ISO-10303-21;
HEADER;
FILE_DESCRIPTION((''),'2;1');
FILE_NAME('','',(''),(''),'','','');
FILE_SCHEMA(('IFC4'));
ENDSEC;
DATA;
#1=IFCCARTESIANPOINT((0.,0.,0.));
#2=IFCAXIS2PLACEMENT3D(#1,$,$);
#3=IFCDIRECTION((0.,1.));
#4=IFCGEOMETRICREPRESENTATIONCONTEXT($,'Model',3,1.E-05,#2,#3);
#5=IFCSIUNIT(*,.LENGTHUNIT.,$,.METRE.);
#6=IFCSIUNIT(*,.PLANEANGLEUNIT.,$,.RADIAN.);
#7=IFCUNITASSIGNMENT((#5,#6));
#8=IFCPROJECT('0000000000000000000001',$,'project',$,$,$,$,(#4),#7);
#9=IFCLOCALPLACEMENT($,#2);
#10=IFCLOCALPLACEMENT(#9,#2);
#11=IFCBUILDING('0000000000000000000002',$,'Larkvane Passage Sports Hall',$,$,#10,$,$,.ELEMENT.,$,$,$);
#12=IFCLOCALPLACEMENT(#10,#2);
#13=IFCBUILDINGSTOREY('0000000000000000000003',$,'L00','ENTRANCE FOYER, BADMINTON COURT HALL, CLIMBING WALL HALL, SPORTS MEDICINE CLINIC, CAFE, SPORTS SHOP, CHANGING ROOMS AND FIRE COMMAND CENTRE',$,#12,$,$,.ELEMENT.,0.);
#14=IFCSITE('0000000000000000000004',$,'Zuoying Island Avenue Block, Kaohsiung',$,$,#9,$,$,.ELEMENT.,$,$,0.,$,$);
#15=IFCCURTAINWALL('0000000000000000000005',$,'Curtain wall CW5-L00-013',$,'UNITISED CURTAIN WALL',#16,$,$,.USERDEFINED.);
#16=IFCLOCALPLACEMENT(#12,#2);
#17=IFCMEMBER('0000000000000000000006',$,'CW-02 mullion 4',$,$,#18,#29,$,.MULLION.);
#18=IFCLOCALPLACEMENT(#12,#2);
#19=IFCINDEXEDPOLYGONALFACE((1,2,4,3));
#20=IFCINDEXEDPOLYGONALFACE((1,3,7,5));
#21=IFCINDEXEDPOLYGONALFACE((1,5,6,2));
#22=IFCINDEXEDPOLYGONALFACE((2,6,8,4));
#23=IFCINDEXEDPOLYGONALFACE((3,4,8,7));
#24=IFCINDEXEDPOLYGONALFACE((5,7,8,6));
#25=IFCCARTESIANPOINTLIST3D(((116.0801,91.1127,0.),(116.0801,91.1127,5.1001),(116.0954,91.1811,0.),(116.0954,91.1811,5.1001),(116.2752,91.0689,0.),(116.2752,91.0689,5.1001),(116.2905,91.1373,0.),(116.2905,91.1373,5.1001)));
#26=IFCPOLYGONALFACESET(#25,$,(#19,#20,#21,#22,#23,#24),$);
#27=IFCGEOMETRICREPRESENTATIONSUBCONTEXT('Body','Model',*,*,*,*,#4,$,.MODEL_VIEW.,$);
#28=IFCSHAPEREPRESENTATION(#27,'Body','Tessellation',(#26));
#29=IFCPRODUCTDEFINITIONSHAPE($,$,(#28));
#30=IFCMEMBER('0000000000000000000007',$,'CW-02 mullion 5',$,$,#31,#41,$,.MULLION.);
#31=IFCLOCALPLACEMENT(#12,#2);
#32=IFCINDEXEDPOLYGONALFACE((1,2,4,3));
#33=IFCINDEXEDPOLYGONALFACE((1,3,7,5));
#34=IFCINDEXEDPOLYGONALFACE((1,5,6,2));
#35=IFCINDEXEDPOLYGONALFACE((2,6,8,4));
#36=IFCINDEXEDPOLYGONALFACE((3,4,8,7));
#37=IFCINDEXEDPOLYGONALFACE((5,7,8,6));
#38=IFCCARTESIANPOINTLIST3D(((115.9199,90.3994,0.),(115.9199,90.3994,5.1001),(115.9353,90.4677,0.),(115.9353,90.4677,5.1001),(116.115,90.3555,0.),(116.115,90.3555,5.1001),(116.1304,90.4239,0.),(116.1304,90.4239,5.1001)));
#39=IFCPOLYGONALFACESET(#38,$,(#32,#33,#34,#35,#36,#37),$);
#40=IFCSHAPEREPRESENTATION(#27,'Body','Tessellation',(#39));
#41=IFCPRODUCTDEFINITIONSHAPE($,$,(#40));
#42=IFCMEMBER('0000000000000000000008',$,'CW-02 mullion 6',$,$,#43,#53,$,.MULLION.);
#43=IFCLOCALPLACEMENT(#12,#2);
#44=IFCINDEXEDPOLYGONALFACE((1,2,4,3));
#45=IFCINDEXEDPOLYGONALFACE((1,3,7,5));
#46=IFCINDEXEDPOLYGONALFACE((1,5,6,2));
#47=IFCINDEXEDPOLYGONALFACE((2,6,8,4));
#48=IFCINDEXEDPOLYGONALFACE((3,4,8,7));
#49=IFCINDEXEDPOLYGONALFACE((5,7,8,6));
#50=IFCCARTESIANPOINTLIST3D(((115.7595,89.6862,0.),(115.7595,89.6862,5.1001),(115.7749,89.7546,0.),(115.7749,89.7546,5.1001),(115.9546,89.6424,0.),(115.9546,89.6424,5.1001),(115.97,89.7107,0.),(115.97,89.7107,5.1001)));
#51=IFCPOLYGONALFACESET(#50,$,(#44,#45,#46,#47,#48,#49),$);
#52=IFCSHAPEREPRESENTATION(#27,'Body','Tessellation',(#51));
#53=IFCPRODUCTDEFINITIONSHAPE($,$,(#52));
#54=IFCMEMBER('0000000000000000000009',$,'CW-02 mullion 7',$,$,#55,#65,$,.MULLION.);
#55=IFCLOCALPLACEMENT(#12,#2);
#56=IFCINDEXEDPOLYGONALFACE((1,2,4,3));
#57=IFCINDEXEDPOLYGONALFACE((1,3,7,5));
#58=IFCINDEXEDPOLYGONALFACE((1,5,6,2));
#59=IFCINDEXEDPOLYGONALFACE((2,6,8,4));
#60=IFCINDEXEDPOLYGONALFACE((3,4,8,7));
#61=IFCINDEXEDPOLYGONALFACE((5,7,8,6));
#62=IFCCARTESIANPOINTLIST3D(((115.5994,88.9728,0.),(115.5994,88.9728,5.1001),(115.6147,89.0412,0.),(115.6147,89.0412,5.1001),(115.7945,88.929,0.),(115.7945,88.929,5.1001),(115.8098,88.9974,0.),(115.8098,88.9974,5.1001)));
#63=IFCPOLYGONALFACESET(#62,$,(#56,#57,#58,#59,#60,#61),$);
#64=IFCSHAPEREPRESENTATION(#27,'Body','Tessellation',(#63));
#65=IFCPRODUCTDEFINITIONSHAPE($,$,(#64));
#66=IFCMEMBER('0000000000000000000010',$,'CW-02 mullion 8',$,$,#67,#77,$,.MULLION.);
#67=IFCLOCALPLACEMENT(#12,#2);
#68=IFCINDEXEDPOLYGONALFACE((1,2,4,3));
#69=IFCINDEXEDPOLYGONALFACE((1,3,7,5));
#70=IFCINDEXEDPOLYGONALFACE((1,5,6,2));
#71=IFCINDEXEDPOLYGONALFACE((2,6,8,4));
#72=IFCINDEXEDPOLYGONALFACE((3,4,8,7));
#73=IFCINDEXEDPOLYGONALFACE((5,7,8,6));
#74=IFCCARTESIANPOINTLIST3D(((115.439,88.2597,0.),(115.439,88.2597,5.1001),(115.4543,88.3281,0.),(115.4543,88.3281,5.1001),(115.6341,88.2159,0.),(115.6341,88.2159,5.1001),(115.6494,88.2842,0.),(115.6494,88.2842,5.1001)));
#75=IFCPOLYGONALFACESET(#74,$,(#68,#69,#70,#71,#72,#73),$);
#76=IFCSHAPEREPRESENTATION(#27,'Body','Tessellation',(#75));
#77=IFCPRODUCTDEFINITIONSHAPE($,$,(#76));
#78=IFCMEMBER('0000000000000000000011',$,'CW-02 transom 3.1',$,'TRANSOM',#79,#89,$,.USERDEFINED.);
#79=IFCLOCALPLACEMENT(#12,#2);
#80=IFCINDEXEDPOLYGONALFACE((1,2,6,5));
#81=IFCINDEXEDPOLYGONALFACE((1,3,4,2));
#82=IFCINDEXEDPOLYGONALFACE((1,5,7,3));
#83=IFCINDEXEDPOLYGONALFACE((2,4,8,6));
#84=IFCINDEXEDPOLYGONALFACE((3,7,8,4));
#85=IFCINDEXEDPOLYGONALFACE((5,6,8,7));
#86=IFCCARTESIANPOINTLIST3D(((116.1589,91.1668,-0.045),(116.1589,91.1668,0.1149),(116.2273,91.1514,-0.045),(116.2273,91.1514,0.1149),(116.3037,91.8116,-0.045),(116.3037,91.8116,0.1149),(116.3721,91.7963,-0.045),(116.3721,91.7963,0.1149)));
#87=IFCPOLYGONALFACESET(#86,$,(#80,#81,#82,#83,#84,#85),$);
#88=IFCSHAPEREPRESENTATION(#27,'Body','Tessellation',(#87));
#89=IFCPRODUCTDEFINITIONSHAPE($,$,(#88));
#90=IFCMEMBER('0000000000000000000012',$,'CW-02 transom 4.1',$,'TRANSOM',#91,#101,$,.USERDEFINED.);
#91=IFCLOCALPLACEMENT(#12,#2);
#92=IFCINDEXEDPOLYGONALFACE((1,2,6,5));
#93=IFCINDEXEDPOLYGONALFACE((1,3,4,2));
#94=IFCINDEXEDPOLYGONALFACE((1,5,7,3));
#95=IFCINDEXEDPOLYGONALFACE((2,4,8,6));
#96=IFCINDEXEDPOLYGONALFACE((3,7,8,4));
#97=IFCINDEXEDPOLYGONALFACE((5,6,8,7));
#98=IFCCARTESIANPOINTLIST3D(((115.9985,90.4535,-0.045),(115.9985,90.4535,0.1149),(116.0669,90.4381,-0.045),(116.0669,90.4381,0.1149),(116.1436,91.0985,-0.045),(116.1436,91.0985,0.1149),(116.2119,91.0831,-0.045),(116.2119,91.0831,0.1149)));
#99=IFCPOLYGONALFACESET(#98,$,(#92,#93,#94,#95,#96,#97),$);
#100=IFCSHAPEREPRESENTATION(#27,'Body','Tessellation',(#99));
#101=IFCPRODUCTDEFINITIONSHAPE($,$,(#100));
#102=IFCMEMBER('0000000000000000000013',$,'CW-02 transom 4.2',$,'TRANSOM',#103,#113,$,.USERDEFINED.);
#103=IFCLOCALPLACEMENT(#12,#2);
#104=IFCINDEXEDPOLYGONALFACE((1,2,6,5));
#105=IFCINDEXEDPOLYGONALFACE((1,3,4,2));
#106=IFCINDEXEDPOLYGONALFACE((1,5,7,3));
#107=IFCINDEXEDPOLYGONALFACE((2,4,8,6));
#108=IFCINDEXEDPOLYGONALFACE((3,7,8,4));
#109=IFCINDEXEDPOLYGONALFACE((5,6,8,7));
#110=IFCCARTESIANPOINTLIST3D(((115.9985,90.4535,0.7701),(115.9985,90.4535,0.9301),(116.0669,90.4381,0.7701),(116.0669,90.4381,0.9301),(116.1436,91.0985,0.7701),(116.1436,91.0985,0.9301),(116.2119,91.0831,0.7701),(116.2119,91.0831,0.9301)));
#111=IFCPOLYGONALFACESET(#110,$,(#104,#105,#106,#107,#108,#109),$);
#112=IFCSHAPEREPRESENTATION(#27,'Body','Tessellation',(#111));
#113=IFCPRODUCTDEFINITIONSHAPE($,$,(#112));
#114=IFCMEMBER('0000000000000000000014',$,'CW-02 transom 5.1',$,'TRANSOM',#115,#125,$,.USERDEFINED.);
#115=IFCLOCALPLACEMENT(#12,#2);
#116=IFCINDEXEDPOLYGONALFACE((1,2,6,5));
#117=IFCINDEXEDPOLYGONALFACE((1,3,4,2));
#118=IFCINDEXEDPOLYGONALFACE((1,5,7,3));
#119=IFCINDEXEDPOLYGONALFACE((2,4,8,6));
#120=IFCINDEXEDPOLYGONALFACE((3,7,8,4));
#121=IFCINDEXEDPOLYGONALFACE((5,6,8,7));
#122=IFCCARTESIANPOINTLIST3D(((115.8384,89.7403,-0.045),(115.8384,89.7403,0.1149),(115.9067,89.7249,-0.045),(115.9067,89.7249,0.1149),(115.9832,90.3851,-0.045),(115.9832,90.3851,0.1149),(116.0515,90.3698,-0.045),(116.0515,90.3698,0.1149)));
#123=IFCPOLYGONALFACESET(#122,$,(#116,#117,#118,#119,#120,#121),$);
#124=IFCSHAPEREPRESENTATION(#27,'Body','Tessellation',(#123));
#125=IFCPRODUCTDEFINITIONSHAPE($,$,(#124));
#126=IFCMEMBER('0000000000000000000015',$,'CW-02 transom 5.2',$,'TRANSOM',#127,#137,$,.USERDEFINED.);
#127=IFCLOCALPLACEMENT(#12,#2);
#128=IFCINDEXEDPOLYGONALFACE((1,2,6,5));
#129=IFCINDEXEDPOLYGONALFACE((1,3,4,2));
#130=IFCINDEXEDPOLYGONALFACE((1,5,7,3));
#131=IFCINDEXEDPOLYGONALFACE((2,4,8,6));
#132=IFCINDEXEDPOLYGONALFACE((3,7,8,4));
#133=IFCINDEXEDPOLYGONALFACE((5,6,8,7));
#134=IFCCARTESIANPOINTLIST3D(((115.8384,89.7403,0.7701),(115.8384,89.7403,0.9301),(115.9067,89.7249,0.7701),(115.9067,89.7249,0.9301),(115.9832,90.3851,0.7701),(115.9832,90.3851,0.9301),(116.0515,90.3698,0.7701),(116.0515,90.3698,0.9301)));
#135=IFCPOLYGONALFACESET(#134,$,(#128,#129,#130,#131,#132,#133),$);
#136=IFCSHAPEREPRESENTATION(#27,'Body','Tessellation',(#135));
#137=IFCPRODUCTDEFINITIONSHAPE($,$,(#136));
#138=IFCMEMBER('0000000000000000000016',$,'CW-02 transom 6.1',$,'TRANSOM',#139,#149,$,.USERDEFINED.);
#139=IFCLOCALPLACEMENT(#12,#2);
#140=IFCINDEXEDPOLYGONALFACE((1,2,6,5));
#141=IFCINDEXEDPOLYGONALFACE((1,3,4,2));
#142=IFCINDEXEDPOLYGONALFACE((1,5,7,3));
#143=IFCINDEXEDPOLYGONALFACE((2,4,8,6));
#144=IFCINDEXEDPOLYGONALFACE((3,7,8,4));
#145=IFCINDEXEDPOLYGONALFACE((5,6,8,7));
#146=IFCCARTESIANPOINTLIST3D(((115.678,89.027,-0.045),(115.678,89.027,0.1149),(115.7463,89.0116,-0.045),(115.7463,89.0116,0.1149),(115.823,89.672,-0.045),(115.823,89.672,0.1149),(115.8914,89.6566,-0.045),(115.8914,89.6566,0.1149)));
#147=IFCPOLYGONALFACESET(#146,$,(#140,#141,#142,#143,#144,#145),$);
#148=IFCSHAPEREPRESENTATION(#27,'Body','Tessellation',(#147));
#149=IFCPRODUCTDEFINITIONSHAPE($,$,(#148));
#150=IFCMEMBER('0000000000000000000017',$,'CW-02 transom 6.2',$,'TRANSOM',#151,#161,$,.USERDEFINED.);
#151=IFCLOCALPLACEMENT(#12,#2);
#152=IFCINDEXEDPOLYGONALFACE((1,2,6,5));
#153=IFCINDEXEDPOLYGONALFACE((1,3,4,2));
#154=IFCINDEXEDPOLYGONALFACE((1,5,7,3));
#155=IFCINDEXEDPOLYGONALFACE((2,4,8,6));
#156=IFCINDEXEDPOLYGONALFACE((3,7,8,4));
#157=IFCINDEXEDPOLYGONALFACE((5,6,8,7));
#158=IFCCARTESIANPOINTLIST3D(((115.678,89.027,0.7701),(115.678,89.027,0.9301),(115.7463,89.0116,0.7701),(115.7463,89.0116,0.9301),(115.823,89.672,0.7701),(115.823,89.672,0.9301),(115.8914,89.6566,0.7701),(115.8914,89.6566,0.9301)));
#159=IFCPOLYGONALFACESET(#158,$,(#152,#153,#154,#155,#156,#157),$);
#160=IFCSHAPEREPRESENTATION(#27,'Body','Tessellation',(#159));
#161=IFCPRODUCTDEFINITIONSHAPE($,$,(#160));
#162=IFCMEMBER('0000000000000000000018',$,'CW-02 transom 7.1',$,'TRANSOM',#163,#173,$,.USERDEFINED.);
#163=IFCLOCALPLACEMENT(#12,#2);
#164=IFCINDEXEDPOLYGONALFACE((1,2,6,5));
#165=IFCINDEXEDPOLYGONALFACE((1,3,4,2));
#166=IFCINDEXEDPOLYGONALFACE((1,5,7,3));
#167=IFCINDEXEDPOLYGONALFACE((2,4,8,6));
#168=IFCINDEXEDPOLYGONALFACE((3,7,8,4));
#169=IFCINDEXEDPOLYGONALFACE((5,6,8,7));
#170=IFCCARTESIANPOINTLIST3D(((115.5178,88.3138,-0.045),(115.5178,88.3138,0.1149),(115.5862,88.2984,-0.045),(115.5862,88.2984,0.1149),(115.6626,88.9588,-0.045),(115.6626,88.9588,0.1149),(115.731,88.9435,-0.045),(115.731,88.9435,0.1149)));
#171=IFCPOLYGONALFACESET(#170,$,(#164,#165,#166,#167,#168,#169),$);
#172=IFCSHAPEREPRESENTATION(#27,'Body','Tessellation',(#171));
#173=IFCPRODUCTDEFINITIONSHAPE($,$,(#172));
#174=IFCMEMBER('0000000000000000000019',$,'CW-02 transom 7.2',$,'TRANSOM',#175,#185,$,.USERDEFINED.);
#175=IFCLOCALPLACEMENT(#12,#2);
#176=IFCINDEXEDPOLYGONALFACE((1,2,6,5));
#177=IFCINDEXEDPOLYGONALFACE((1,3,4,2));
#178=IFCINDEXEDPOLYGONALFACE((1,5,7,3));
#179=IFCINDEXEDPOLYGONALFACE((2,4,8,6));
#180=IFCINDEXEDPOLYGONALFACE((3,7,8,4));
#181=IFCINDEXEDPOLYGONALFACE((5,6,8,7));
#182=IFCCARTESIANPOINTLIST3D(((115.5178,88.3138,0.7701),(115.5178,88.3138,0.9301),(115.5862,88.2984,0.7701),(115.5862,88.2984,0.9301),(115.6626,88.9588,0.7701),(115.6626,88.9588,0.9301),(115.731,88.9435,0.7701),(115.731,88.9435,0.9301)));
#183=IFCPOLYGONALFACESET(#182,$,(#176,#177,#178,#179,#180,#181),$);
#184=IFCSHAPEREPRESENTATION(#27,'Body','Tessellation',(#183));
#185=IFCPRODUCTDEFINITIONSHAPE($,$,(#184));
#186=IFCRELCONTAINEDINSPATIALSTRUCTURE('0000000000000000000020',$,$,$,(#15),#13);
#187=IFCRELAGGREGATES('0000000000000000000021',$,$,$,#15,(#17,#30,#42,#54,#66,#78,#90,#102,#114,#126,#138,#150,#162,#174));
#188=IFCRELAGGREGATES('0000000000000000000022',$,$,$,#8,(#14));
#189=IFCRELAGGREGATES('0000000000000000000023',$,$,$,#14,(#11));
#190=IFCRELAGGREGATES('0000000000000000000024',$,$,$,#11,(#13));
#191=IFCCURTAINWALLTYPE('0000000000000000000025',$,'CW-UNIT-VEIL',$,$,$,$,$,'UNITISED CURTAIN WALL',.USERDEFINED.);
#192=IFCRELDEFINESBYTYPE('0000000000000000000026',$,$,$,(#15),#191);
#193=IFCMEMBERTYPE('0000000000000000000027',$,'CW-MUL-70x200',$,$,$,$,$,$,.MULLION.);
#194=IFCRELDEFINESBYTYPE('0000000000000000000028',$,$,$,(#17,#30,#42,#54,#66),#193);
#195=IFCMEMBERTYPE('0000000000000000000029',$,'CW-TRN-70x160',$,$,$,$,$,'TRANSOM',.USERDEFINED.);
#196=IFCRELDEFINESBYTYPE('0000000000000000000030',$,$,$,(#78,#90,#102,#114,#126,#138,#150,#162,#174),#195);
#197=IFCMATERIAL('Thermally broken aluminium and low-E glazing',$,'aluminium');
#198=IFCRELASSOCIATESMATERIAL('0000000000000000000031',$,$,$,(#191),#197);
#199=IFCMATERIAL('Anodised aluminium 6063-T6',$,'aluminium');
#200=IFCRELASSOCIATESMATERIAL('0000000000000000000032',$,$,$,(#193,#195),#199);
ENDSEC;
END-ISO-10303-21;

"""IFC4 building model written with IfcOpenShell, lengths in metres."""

from ifc_helpers import new_model, si_unit, direction, frame, origin, origin_2d, place, context, subcontext, project, spatial, rectangle, extrude, material, material_profile, profile_set, type_object, element, aggregate, save


model = new_model("IFC4")

# Units and contexts
model_context = context("Model", 3, precision=1e-05, world=origin(), true_north=direction((0.0, 1.0)))
body_context = subcontext(model_context, "Body", "Model", "MODEL_VIEW")
ifc_project = project(units=[si_unit("LENGTHUNIT", "METRE"), si_unit("PLANEANGLEUNIT", "RADIAN")], contexts=[model_context])

# Site, building, storey
site_placement = place(None, origin())
site = spatial("IfcSite", under=ifc_project, at=site_placement, Name="Zuoying Island Avenue Block, Kaohsiung", CompositionType="ELEMENT", RefElevation=0.0)
building_placement = place(site_placement, origin())
building = spatial("IfcBuilding", under=site, at=building_placement, Name="Larkvane Passage Sports Hall", CompositionType="ELEMENT")
storey_placement = place(building_placement, origin())
storey = spatial("IfcBuildingStorey", under=building, at=storey_placement, Name="L00", Description="ENTRANCE FOYER, BADMINTON COURT HALL, CLIMBING WALL HALL, SPORTS MEDICINE CLINIC, CAFE, SPORTS SHOP, CHANGING ROOMS AND FIRE COMMAND CENTRE", CompositionType="ELEMENT", Elevation=0.0)

# Curtain wall, members
ifc_material_1 = material(Name="Thermally broken aluminium and low-E glazing", Category="aluminium")
curtain_wall_type = type_object("IfcCurtainWallType", Name="CW-UNIT-VEIL", ElementType="UNITISED CURTAIN WALL", PredefinedType="USERDEFINED", material=ifc_material_1)
curtain_wall_placement = place(storey_placement, origin())
curtain_wall = element("IfcCurtainWall", 1, at=curtain_wall_placement, inside=storey, type_object=curtain_wall_type, Name="Curtain wall CW5-L00-013", ObjectType="UNITISED CURTAIN WALL", PredefinedType="USERDEFINED")
ifc_material_2 = material(Name="Anodised aluminium 6063-T6", Category="aluminium")
ifc_material_profile_1 = material_profile(ifc_material_2, rectangle(XDim=0.0701, YDim=0.2, at=origin_2d()), Name="ALU-MUL-70x200")
ifc_profile_set_1 = profile_set([ifc_material_profile_1], Name="Anodised aluminium 6063-T6")
member_type_1 = type_object("IfcMemberType", Name="CW-MUL-70x200", PredefinedType="MULLION", material=ifc_profile_set_1)
member_1_placement = place(storey_placement, frame((116.1853, 91.125, 0.0), z_axis=(0.0, 0.0, 1.0), x_axis=(-0.219244, -0.97567, 0.0)))
member_1 = element("IfcMember", 2, at=member_1_placement, type_object=member_type_1, Name="CW-02 mullion 4", PredefinedType="MULLION", context=body_context, shape_type="SweptSolid", body=[
    extrude(rectangle(XDim=0.0701, YDim=0.2, at=origin_2d()), origin(), (0.0, 0.0, 1.0), 5.1001),
])
member_2_placement = place(storey_placement, frame((116.0251, 90.4116, 0.0), z_axis=(0.0, 0.0, 1.0), x_axis=(-0.219244, -0.97567, 0.0)))
member_2 = element("IfcMember", 3, at=member_2_placement, type_object=member_type_1, Name="CW-02 mullion 5", PredefinedType="MULLION", context=body_context, shape_type="SweptSolid", body=[
    extrude(rectangle(XDim=0.0701, YDim=0.2, at=origin_2d()), origin(), (0.0, 0.0, 1.0), 5.1001),
])
member_3_placement = place(storey_placement, frame((115.8647, 89.6985, 0.0), z_axis=(0.0, 0.0, 1.0), x_axis=(-0.219244, -0.97567, 0.0)))
member_3 = element("IfcMember", 4, at=member_3_placement, type_object=member_type_1, Name="CW-02 mullion 6", PredefinedType="MULLION", context=body_context, shape_type="SweptSolid", body=[
    extrude(rectangle(XDim=0.0701, YDim=0.2, at=origin_2d()), origin(), (0.0, 0.0, 1.0), 5.1001),
])
member_4_placement = place(storey_placement, frame((115.7046, 88.9851, 0.0), z_axis=(0.0, 0.0, 1.0), x_axis=(-0.219244, -0.97567, 0.0)))
member_4 = element("IfcMember", 5, at=member_4_placement, type_object=member_type_1, Name="CW-02 mullion 7", PredefinedType="MULLION", context=body_context, shape_type="SweptSolid", body=[
    extrude(rectangle(XDim=0.0701, YDim=0.2, at=origin_2d()), origin(), (0.0, 0.0, 1.0), 5.1001),
])
member_5_placement = place(storey_placement, frame((115.5442, 88.272, 0.0), z_axis=(0.0, 0.0, 1.0), x_axis=(-0.219244, -0.97567, 0.0)))
member_5 = element("IfcMember", 6, at=member_5_placement, type_object=member_type_1, Name="CW-02 mullion 8", PredefinedType="MULLION", context=body_context, shape_type="SweptSolid", body=[
    extrude(rectangle(XDim=0.0701, YDim=0.2, at=origin_2d()), origin(), (0.0, 0.0, 1.0), 5.1001),
])
ifc_material_profile_2 = material_profile(ifc_material_2, rectangle(XDim=0.0701, YDim=0.1599, at=origin_2d()), Name="ALU-TRN-70x160")
ifc_profile_set_2 = profile_set([ifc_material_profile_2], Name="Anodised aluminium 6063-T6")
member_type_2 = type_object("IfcMemberType", Name="CW-TRN-70x160", ElementType="TRANSOM", PredefinedType="USERDEFINED", material=ifc_profile_set_2)
member_6_placement = place(storey_placement, frame((116.3379, 91.804, 0.0349), z_axis=(-0.219081, -0.975707, 0.0), x_axis=(0.975707, -0.219081, 0.0)))
member_6 = element("IfcMember", 7, at=member_6_placement, type_object=member_type_2, Name="CW-02 transom 3.1", ObjectType="TRANSOM", PredefinedType="USERDEFINED", context=body_context, shape_type="SweptSolid", body=[
    extrude(rectangle(XDim=0.0701, YDim=0.1599, at=origin_2d()), origin(), (0.0, 0.0, 1.0), 0.6609),
])
member_7_placement = place(storey_placement, frame((116.1777, 91.0908, 0.0349), z_axis=(-0.219354, -0.975645, 0.0), x_axis=(0.975645, -0.219354, 0.0)))
member_7 = element("IfcMember", 8, at=member_7_placement, type_object=member_type_2, Name="CW-02 transom 4.1", ObjectType="TRANSOM", PredefinedType="USERDEFINED", context=body_context, shape_type="SweptSolid", body=[
    extrude(rectangle(XDim=0.0701, YDim=0.1599, at=origin_2d()), origin(), (0.0, 0.0, 1.0), 0.6611),
])
member_8_placement = place(storey_placement, frame((116.1777, 91.0908, 0.8501), z_axis=(-0.219354, -0.975645, 0.0), x_axis=(0.975645, -0.219354, 0.0)))
member_8 = element("IfcMember", 9, at=member_8_placement, type_object=member_type_2, Name="CW-02 transom 4.2", ObjectType="TRANSOM", PredefinedType="USERDEFINED", context=body_context, shape_type="SweptSolid", body=[
    extrude(rectangle(XDim=0.0701, YDim=0.1599, at=origin_2d()), origin(), (0.0, 0.0, 1.0), 0.6611),
])
member_9_placement = place(storey_placement, frame((116.0173, 90.3774, 0.0349), z_axis=(-0.219081, -0.975707, 0.0), x_axis=(0.975707, -0.219081, 0.0)))
member_9 = element("IfcMember", 10, at=member_9_placement, type_object=member_type_2, Name="CW-02 transom 5.1", ObjectType="TRANSOM", PredefinedType="USERDEFINED", context=body_context, shape_type="SweptSolid", body=[
    extrude(rectangle(XDim=0.0701, YDim=0.1599, at=origin_2d()), origin(), (0.0, 0.0, 1.0), 0.6609),
])
member_10_placement = place(storey_placement, frame((116.0173, 90.3774, 0.8501), z_axis=(-0.219081, -0.975707, 0.0), x_axis=(0.975707, -0.219081, 0.0)))
member_10 = element("IfcMember", 11, at=member_10_placement, type_object=member_type_2, Name="CW-02 transom 5.2", ObjectType="TRANSOM", PredefinedType="USERDEFINED", context=body_context, shape_type="SweptSolid", body=[
    extrude(rectangle(XDim=0.0701, YDim=0.1599, at=origin_2d()), origin(), (0.0, 0.0, 1.0), 0.6609),
])
member_11_placement = place(storey_placement, frame((115.8572, 89.6643, 0.0349), z_axis=(-0.219354, -0.975645, 0.0), x_axis=(0.975645, -0.219354, 0.0)))
member_11 = element("IfcMember", 12, at=member_11_placement, type_object=member_type_2, Name="CW-02 transom 6.1", ObjectType="TRANSOM", PredefinedType="USERDEFINED", context=body_context, shape_type="SweptSolid", body=[
    extrude(rectangle(XDim=0.0701, YDim=0.1599, at=origin_2d()), origin(), (0.0, 0.0, 1.0), 0.6611),
])
member_12_placement = place(storey_placement, frame((115.8572, 89.6643, 0.8501), z_axis=(-0.219354, -0.975645, 0.0), x_axis=(0.975645, -0.219354, 0.0)))
member_12 = element("IfcMember", 13, at=member_12_placement, type_object=member_type_2, Name="CW-02 transom 6.2", ObjectType="TRANSOM", PredefinedType="USERDEFINED", context=body_context, shape_type="SweptSolid", body=[
    extrude(rectangle(XDim=0.0701, YDim=0.1599, at=origin_2d()), origin(), (0.0, 0.0, 1.0), 0.6611),
])
member_13_placement = place(storey_placement, frame((115.6968, 88.9512, 0.0349), z_axis=(-0.219002, -0.975724, 0.0), x_axis=(0.975724, -0.219002, 0.0)))
member_13 = element("IfcMember", 14, at=member_13_placement, type_object=member_type_2, Name="CW-02 transom 7.1", ObjectType="TRANSOM", PredefinedType="USERDEFINED", context=body_context, shape_type="SweptSolid", body=[
    extrude(rectangle(XDim=0.0701, YDim=0.1599, at=origin_2d()), origin(), (0.0, 0.0, 1.0), 0.6611),
])
member_14_placement = place(storey_placement, frame((115.6968, 88.9512, 0.8501), z_axis=(-0.219002, -0.975724, 0.0), x_axis=(0.975724, -0.219002, 0.0)))
member_14 = element("IfcMember", 15, at=member_14_placement, type_object=member_type_2, Name="CW-02 transom 7.2", ObjectType="TRANSOM", PredefinedType="USERDEFINED", context=body_context, shape_type="SweptSolid", body=[
    extrude(rectangle(XDim=0.0701, YDim=0.1599, at=origin_2d()), origin(), (0.0, 0.0, 1.0), 0.6611),
])
aggregate(curtain_wall, [member_1, member_2, member_3, member_4, member_5, member_6, member_7, member_8, member_9, member_10, member_11, member_12, member_13, member_14])

save(model, "model.ifc")
